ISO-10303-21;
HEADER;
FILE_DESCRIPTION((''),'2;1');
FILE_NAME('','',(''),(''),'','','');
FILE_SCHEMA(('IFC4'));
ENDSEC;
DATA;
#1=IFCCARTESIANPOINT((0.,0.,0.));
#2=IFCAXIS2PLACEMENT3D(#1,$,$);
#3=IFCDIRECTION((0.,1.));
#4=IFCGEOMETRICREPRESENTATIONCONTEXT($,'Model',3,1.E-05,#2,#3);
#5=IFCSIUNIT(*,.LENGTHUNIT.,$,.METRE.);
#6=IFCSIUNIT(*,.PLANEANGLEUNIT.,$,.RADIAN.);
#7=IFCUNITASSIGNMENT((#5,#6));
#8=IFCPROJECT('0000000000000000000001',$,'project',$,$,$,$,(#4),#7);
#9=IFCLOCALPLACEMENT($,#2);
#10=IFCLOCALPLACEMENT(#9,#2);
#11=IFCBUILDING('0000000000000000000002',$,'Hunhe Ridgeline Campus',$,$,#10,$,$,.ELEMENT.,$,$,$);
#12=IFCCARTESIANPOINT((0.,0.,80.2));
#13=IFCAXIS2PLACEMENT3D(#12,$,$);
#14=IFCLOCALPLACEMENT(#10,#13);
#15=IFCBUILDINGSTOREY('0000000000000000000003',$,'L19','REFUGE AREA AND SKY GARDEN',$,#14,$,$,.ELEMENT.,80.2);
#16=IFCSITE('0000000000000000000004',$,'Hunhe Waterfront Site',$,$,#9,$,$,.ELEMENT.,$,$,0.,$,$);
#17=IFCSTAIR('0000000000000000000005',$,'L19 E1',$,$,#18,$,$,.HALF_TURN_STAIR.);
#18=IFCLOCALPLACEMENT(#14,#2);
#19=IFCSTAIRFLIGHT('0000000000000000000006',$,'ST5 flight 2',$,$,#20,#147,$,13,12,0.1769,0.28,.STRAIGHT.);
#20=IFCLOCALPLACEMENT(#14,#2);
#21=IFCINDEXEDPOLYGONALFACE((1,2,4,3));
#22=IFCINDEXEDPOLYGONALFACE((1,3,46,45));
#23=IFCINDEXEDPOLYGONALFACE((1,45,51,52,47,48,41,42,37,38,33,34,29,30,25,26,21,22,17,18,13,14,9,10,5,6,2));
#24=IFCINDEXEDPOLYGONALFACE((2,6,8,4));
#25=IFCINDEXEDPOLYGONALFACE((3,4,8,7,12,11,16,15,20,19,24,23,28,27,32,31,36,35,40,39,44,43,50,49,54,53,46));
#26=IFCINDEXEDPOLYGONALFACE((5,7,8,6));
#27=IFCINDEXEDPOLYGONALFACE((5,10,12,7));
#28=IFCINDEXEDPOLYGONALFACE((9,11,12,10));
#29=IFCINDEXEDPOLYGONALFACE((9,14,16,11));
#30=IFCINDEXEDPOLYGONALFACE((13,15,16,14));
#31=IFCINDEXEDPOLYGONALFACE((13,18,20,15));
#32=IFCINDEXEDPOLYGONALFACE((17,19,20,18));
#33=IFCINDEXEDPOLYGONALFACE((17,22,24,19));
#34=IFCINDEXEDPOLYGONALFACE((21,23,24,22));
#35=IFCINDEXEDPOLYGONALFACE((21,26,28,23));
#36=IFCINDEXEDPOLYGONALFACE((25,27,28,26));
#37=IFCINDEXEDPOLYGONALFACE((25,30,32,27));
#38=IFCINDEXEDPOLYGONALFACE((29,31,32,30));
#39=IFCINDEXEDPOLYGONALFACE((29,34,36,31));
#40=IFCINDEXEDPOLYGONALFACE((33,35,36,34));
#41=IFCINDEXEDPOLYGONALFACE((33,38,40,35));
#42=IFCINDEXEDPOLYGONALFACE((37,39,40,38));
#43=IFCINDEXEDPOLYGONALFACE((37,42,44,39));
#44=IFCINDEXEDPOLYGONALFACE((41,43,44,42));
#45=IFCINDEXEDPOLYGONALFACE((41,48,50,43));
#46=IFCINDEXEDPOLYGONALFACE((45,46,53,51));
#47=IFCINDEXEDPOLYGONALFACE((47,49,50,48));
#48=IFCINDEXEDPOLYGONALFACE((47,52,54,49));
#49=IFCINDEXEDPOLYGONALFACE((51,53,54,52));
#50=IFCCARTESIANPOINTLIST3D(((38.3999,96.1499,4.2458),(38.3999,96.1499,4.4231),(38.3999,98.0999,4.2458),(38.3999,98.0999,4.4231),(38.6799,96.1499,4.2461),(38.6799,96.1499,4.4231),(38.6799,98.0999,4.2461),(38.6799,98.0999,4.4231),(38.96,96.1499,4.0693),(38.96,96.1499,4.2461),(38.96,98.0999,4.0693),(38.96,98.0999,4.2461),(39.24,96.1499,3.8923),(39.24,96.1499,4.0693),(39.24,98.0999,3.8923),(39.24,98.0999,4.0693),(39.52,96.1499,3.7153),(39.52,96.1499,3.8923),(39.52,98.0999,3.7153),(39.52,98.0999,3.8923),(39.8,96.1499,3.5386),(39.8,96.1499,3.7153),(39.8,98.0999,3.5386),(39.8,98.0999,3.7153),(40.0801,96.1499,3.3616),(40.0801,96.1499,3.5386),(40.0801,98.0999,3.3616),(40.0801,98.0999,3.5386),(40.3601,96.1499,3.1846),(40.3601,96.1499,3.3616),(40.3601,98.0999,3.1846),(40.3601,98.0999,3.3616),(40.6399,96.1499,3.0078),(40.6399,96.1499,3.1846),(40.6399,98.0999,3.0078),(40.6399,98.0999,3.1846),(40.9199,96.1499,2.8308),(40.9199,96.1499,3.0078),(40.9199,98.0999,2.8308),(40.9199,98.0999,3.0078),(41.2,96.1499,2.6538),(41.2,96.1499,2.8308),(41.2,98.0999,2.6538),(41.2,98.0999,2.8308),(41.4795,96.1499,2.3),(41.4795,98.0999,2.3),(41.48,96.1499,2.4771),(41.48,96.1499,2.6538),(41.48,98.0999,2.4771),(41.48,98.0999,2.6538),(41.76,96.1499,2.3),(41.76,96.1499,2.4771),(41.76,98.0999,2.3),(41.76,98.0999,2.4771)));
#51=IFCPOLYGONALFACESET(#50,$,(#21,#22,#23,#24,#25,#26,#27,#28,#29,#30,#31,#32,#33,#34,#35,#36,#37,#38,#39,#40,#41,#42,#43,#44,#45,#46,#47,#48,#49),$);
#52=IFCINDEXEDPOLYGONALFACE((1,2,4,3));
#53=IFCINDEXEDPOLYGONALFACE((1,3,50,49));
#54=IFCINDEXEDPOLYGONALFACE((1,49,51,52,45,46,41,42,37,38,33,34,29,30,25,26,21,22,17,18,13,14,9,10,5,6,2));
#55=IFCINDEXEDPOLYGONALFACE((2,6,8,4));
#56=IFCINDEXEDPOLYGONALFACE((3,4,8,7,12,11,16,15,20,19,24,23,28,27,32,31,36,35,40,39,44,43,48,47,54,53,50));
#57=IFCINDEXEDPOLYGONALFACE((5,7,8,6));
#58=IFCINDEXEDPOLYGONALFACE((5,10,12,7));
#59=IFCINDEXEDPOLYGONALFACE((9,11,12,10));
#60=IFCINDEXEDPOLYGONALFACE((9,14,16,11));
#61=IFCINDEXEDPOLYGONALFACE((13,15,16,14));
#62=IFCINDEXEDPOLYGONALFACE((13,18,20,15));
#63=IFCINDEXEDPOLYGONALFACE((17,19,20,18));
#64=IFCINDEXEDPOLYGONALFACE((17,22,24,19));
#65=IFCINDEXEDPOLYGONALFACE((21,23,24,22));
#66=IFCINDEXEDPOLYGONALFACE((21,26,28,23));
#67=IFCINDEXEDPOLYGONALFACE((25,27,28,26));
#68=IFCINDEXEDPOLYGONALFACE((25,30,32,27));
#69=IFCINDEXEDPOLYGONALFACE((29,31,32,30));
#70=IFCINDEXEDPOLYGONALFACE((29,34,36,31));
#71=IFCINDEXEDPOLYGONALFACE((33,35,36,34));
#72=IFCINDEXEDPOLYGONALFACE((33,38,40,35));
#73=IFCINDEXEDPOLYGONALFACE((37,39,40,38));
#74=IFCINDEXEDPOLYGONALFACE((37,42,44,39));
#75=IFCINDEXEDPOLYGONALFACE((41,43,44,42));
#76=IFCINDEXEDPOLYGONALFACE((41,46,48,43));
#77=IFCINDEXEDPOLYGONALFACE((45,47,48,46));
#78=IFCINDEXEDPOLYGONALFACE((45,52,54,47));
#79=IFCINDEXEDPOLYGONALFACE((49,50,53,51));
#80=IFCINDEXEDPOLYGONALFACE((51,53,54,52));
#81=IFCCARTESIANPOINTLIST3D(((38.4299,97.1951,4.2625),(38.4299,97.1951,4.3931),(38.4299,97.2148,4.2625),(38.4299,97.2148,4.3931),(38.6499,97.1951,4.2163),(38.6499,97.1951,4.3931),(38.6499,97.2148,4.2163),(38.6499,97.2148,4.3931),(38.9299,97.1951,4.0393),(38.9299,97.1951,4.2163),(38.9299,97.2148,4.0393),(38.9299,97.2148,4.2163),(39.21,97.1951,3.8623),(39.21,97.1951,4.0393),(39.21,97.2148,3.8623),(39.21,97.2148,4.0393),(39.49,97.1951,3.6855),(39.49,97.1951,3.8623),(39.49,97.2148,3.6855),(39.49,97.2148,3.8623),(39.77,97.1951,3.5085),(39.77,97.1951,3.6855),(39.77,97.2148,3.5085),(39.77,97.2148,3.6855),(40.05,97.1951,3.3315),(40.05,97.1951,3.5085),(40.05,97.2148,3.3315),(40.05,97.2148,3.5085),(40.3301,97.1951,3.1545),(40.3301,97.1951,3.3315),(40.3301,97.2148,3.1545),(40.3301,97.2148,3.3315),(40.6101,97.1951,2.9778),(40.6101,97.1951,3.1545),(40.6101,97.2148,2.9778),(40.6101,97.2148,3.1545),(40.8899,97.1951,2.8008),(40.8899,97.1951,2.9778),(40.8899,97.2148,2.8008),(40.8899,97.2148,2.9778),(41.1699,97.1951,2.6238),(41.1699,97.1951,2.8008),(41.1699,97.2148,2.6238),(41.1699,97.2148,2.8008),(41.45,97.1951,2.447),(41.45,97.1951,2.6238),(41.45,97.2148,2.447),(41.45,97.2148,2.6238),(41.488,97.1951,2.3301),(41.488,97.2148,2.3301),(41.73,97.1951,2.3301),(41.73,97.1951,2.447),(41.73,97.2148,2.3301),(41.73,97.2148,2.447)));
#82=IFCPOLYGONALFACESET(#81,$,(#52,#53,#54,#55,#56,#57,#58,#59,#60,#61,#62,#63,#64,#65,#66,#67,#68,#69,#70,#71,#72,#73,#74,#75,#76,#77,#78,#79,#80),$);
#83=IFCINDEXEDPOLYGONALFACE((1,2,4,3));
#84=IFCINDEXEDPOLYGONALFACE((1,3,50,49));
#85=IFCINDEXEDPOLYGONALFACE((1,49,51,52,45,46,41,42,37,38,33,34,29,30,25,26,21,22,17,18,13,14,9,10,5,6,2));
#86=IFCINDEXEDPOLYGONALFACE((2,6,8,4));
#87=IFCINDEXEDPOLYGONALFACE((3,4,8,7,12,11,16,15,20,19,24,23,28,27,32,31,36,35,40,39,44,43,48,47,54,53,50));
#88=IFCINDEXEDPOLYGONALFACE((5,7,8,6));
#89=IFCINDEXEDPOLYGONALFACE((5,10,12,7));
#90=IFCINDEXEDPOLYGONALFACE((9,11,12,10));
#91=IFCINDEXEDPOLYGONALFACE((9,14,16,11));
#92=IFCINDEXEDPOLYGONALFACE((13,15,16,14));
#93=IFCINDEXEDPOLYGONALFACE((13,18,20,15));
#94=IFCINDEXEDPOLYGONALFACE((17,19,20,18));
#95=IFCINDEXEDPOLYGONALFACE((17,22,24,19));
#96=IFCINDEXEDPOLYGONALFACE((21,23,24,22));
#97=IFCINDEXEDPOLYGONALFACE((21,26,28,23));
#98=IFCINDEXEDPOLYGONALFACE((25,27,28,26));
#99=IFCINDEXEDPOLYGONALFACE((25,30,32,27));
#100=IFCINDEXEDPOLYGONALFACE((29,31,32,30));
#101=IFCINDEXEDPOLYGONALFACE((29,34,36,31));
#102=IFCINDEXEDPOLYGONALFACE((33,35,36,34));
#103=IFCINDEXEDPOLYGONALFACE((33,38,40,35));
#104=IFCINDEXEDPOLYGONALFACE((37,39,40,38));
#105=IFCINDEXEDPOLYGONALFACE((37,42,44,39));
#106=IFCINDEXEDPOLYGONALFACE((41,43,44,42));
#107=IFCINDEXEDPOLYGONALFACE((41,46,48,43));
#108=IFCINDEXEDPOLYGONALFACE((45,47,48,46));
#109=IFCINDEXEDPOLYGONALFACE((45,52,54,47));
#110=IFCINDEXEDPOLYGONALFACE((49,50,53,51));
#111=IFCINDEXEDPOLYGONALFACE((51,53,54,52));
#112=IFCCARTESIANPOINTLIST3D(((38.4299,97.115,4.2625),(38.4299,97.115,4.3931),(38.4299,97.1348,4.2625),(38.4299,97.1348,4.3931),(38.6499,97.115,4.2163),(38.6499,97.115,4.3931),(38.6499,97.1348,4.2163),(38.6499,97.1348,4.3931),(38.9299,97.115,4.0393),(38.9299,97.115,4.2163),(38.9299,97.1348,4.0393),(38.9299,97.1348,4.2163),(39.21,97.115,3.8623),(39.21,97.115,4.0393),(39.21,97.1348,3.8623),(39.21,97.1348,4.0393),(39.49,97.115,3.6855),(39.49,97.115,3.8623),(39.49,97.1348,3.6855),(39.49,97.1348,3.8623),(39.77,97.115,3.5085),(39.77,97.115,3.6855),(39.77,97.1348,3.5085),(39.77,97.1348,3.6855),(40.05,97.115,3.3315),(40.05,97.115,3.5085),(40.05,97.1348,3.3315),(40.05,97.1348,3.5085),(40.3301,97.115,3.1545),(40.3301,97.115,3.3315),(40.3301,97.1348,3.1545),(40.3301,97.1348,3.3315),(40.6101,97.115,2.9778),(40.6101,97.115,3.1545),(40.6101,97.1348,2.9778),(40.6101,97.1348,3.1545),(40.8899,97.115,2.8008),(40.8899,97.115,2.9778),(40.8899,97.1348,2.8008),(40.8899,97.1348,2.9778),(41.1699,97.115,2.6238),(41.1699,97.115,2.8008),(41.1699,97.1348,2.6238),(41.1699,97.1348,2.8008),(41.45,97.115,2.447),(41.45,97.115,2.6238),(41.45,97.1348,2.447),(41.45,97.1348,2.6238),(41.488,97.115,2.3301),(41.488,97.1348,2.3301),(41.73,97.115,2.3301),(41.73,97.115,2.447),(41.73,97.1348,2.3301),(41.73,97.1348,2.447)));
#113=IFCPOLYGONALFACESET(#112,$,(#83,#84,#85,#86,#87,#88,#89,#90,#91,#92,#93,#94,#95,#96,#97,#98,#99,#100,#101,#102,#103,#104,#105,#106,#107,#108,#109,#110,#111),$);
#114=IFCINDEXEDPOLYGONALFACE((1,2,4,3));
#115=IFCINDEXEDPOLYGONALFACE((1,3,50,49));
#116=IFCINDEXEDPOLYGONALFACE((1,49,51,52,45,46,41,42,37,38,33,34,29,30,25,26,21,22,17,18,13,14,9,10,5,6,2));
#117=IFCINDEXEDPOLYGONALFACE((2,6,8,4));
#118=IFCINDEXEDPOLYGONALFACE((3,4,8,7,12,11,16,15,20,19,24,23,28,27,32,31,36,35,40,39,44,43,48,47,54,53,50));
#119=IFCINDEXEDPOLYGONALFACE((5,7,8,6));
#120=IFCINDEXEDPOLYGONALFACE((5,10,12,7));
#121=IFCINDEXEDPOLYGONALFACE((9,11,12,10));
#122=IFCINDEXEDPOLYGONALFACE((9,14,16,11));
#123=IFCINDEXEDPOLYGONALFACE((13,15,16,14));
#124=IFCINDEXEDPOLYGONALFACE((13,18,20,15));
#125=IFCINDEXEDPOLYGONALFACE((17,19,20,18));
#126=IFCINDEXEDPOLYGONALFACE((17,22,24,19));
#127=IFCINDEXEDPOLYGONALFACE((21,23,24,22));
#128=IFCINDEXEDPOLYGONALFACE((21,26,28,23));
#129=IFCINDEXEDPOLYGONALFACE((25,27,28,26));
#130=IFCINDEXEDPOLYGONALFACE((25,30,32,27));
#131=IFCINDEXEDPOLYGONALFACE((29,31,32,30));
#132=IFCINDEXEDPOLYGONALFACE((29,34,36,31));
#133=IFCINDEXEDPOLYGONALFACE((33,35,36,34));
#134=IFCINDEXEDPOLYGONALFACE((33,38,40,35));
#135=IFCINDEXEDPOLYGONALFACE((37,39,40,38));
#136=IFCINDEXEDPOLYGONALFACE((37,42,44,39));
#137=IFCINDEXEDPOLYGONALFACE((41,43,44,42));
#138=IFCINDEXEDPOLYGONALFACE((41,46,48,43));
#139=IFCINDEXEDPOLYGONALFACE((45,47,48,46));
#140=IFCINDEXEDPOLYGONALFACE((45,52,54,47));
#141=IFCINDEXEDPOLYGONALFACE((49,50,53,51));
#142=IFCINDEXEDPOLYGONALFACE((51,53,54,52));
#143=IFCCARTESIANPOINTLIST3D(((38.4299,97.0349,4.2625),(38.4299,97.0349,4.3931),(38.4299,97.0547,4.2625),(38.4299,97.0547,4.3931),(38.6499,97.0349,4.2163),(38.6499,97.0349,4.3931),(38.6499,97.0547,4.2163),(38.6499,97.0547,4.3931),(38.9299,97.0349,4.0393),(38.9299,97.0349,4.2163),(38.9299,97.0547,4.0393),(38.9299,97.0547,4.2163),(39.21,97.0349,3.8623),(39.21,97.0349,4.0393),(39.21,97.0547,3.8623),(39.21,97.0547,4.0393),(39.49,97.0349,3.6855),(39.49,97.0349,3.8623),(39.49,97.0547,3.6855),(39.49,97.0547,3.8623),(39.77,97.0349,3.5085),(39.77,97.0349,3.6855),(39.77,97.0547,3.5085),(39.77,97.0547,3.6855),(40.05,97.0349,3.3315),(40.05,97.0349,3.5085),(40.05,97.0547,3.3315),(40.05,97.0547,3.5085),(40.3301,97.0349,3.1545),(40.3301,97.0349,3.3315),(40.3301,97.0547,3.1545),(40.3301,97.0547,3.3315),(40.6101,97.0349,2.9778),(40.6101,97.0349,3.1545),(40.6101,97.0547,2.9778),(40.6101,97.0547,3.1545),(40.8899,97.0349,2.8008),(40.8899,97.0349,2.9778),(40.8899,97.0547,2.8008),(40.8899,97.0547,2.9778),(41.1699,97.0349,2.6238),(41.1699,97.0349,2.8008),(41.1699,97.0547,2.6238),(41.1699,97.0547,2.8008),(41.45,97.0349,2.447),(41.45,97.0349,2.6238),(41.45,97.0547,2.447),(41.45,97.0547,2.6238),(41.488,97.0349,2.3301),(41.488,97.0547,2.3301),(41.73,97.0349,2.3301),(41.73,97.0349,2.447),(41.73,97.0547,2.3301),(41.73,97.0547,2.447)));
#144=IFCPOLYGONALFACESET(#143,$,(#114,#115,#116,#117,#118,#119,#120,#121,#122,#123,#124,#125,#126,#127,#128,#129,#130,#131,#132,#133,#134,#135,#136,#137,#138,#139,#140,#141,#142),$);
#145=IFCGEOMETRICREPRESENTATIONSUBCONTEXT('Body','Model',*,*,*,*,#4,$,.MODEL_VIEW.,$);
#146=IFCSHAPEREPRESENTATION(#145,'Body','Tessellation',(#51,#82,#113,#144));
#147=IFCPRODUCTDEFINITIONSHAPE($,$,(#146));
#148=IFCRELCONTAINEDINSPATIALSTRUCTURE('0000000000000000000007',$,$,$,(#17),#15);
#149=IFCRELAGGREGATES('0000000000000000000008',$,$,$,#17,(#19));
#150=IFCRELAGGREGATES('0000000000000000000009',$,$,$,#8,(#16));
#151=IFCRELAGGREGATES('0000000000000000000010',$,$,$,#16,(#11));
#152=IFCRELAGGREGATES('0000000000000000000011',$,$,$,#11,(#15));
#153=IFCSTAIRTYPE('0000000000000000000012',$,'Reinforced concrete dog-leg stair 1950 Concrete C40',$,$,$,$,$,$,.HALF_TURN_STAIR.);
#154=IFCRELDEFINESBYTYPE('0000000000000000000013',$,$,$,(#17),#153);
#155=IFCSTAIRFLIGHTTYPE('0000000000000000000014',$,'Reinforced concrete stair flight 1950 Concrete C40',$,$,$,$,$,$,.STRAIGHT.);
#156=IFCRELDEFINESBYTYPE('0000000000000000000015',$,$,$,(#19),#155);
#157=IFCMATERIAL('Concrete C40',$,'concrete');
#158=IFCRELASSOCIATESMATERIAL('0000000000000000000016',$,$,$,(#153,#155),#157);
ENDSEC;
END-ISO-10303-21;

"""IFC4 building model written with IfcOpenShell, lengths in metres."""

from ifc_helpers import new_model, si_unit, direction, frame, origin, place, context, subcontext, project, spatial, polyline, outline, extrude, material, type_object, element, aggregate, save


model = new_model("IFC4")

# Units and contexts
model_context = context("Model", 3, precision=1e-05, world=origin(), true_north=direction((0.0, 1.0)))
body_context = subcontext(model_context, "Body", "Model", "MODEL_VIEW")
ifc_project = project(units=[si_unit("LENGTHUNIT", "METRE"), si_unit("PLANEANGLEUNIT", "RADIAN")], contexts=[model_context])

# Site, building, storey
site_placement = place(None, origin())
site = spatial("IfcSite", under=ifc_project, at=site_placement, Name="Hunhe Waterfront Site", CompositionType="ELEMENT", RefElevation=0.0)
building_placement = place(site_placement, origin())
building = spatial("IfcBuilding", under=site, at=building_placement, Name="Hunhe Ridgeline Campus", CompositionType="ELEMENT")
storey_placement = place(building_placement, frame((0.0, 0.0, 80.2)))
storey = spatial("IfcBuildingStorey", under=building, at=storey_placement, Name="L19", Description="REFUGE AREA AND SKY GARDEN", CompositionType="ELEMENT", Elevation=80.2)

# Stair, stair flight
ifc_material_1 = material(Name="Concrete C40", Category="concrete")
stair_type = type_object("IfcStairType", Name="Reinforced concrete dog-leg stair 1950 Concrete C40", PredefinedType="HALF_TURN_STAIR", material=ifc_material_1)
stair_placement = place(storey_placement, origin())
stair = element("IfcStair", 1, at=stair_placement, inside=storey, type_object=stair_type, Name="L19 E1", PredefinedType="HALF_TURN_STAIR")
stair_flight_type = type_object("IfcStairFlightType", Name="Reinforced concrete stair flight 1950 Concrete C40", PredefinedType="STRAIGHT", material=ifc_material_1)
stair_flight_1_placement = place(storey_placement, frame((41.76, 97.125, 2.3), z_axis=(0.0, 0.0, 1.0), x_axis=(-1.0, 0.0, 0.0)))
stair_flight_1 = element("IfcStairFlight", 2, at=stair_flight_1_placement, type_object=stair_flight_type, Name="ST5 flight 2", NumberOfRisers=13, NumberOfTreads=12, PredefinedType="STRAIGHT", RiserHeight=0.1769, TreadLength=0.28, context=body_context, shape_type="SweptSolid", body=[
    extrude(outline(polyline([(0.0, 0.0), (0.0, 0.177), (0.28, 0.177), (0.28, 0.3538), (0.5601, 0.3538), (0.5601, 0.5308), (0.8401, 0.5308), (0.8401, 0.7078), (1.1201, 0.7078), (1.1201, 0.8845), (1.3999, 0.8845), (1.3999, 1.0615), (1.6799, 1.0615), (1.6799, 1.2385), (1.96, 1.2385), (1.96, 1.4153), (2.24, 1.4153), (2.24, 1.5923), (2.52, 1.5923), (2.52, 1.7693), (2.8, 1.7693), (2.8, 1.946), (3.0801, 1.946), (3.0801, 2.123), (3.3601, 2.123), (3.3601, 2.3), (3.3601, 1.9458), (0.2805, 0.0), (0.0, 0.0)])), frame((0.0, 0.9751, 0.0), z_axis=(0.0, -1.0, 0.0), x_axis=(1.0, 0.0, 0.0)), (0.0, 0.0, 1.0), 1.95),
    extrude(outline(polyline([(0.03, 0.03), (0.03, 0.147), (0.3101, 0.147), (0.3101, 0.3237), (0.5901, 0.3237), (0.5901, 0.5007), (0.8701, 0.5007), (0.8701, 0.6777), (1.1499, 0.6777), (1.1499, 0.8545), (1.4299, 0.8545), (1.4299, 1.0315), (1.71, 1.0315), (1.71, 1.2085), (1.99, 1.2085), (1.99, 1.3855), (2.27, 1.3855), (2.27, 1.5623), (2.55, 1.5623), (2.55, 1.7393), (2.8301, 1.7393), (2.8301, 1.9163), (3.1101, 1.9163), (3.1101, 2.093), (3.3301, 2.093), (3.3301, 1.9624), (0.272, 0.03), (0.03, 0.03)])), frame((0.0, -0.0701, 0.0), z_axis=(0.0, -1.0, 0.0), x_axis=(1.0, 0.0, 0.0)), (0.0, 0.0, 1.0), 0.0198),
    extrude(outline(polyline([(0.03, 0.03), (0.03, 0.147), (0.3101, 0.147), (0.3101, 0.3237), (0.5901, 0.3237), (0.5901, 0.5007), (0.8701, 0.5007), (0.8701, 0.6777), (1.1499, 0.6777), (1.1499, 0.8545), (1.4299, 0.8545), (1.4299, 1.0315), (1.71, 1.0315), (1.71, 1.2085), (1.99, 1.2085), (1.99, 1.3855), (2.27, 1.3855), (2.27, 1.5623), (2.55, 1.5623), (2.55, 1.7393), (2.8301, 1.7393), (2.8301, 1.9163), (3.1101, 1.9163), (3.1101, 2.093), (3.3301, 2.093), (3.3301, 1.9624), (0.272, 0.03), (0.03, 0.03)])), frame((0.0, 0.01, 0.0), z_axis=(0.0, -1.0, 0.0), x_axis=(1.0, 0.0, 0.0)), (0.0, 0.0, 1.0), 0.0198),
    extrude(outline(polyline([(0.03, 0.03), (0.03, 0.147), (0.3101, 0.147), (0.3101, 0.3237), (0.5901, 0.3237), (0.5901, 0.5007), (0.8701, 0.5007), (0.8701, 0.6777), (1.1499, 0.6777), (1.1499, 0.8545), (1.4299, 0.8545), (1.4299, 1.0315), (1.71, 1.0315), (1.71, 1.2085), (1.99, 1.2085), (1.99, 1.3855), (2.27, 1.3855), (2.27, 1.5623), (2.55, 1.5623), (2.55, 1.7393), (2.8301, 1.7393), (2.8301, 1.9163), (3.1101, 1.9163), (3.1101, 2.093), (3.3301, 2.093), (3.3301, 1.9624), (0.272, 0.03), (0.03, 0.03)])), frame((0.0, 0.0901, 0.0), z_axis=(0.0, -1.0, 0.0), x_axis=(1.0, 0.0, 0.0)), (0.0, 0.0, 1.0), 0.0198),
])
aggregate(stair, [stair_flight_1])

save(model, "model.ifc")
